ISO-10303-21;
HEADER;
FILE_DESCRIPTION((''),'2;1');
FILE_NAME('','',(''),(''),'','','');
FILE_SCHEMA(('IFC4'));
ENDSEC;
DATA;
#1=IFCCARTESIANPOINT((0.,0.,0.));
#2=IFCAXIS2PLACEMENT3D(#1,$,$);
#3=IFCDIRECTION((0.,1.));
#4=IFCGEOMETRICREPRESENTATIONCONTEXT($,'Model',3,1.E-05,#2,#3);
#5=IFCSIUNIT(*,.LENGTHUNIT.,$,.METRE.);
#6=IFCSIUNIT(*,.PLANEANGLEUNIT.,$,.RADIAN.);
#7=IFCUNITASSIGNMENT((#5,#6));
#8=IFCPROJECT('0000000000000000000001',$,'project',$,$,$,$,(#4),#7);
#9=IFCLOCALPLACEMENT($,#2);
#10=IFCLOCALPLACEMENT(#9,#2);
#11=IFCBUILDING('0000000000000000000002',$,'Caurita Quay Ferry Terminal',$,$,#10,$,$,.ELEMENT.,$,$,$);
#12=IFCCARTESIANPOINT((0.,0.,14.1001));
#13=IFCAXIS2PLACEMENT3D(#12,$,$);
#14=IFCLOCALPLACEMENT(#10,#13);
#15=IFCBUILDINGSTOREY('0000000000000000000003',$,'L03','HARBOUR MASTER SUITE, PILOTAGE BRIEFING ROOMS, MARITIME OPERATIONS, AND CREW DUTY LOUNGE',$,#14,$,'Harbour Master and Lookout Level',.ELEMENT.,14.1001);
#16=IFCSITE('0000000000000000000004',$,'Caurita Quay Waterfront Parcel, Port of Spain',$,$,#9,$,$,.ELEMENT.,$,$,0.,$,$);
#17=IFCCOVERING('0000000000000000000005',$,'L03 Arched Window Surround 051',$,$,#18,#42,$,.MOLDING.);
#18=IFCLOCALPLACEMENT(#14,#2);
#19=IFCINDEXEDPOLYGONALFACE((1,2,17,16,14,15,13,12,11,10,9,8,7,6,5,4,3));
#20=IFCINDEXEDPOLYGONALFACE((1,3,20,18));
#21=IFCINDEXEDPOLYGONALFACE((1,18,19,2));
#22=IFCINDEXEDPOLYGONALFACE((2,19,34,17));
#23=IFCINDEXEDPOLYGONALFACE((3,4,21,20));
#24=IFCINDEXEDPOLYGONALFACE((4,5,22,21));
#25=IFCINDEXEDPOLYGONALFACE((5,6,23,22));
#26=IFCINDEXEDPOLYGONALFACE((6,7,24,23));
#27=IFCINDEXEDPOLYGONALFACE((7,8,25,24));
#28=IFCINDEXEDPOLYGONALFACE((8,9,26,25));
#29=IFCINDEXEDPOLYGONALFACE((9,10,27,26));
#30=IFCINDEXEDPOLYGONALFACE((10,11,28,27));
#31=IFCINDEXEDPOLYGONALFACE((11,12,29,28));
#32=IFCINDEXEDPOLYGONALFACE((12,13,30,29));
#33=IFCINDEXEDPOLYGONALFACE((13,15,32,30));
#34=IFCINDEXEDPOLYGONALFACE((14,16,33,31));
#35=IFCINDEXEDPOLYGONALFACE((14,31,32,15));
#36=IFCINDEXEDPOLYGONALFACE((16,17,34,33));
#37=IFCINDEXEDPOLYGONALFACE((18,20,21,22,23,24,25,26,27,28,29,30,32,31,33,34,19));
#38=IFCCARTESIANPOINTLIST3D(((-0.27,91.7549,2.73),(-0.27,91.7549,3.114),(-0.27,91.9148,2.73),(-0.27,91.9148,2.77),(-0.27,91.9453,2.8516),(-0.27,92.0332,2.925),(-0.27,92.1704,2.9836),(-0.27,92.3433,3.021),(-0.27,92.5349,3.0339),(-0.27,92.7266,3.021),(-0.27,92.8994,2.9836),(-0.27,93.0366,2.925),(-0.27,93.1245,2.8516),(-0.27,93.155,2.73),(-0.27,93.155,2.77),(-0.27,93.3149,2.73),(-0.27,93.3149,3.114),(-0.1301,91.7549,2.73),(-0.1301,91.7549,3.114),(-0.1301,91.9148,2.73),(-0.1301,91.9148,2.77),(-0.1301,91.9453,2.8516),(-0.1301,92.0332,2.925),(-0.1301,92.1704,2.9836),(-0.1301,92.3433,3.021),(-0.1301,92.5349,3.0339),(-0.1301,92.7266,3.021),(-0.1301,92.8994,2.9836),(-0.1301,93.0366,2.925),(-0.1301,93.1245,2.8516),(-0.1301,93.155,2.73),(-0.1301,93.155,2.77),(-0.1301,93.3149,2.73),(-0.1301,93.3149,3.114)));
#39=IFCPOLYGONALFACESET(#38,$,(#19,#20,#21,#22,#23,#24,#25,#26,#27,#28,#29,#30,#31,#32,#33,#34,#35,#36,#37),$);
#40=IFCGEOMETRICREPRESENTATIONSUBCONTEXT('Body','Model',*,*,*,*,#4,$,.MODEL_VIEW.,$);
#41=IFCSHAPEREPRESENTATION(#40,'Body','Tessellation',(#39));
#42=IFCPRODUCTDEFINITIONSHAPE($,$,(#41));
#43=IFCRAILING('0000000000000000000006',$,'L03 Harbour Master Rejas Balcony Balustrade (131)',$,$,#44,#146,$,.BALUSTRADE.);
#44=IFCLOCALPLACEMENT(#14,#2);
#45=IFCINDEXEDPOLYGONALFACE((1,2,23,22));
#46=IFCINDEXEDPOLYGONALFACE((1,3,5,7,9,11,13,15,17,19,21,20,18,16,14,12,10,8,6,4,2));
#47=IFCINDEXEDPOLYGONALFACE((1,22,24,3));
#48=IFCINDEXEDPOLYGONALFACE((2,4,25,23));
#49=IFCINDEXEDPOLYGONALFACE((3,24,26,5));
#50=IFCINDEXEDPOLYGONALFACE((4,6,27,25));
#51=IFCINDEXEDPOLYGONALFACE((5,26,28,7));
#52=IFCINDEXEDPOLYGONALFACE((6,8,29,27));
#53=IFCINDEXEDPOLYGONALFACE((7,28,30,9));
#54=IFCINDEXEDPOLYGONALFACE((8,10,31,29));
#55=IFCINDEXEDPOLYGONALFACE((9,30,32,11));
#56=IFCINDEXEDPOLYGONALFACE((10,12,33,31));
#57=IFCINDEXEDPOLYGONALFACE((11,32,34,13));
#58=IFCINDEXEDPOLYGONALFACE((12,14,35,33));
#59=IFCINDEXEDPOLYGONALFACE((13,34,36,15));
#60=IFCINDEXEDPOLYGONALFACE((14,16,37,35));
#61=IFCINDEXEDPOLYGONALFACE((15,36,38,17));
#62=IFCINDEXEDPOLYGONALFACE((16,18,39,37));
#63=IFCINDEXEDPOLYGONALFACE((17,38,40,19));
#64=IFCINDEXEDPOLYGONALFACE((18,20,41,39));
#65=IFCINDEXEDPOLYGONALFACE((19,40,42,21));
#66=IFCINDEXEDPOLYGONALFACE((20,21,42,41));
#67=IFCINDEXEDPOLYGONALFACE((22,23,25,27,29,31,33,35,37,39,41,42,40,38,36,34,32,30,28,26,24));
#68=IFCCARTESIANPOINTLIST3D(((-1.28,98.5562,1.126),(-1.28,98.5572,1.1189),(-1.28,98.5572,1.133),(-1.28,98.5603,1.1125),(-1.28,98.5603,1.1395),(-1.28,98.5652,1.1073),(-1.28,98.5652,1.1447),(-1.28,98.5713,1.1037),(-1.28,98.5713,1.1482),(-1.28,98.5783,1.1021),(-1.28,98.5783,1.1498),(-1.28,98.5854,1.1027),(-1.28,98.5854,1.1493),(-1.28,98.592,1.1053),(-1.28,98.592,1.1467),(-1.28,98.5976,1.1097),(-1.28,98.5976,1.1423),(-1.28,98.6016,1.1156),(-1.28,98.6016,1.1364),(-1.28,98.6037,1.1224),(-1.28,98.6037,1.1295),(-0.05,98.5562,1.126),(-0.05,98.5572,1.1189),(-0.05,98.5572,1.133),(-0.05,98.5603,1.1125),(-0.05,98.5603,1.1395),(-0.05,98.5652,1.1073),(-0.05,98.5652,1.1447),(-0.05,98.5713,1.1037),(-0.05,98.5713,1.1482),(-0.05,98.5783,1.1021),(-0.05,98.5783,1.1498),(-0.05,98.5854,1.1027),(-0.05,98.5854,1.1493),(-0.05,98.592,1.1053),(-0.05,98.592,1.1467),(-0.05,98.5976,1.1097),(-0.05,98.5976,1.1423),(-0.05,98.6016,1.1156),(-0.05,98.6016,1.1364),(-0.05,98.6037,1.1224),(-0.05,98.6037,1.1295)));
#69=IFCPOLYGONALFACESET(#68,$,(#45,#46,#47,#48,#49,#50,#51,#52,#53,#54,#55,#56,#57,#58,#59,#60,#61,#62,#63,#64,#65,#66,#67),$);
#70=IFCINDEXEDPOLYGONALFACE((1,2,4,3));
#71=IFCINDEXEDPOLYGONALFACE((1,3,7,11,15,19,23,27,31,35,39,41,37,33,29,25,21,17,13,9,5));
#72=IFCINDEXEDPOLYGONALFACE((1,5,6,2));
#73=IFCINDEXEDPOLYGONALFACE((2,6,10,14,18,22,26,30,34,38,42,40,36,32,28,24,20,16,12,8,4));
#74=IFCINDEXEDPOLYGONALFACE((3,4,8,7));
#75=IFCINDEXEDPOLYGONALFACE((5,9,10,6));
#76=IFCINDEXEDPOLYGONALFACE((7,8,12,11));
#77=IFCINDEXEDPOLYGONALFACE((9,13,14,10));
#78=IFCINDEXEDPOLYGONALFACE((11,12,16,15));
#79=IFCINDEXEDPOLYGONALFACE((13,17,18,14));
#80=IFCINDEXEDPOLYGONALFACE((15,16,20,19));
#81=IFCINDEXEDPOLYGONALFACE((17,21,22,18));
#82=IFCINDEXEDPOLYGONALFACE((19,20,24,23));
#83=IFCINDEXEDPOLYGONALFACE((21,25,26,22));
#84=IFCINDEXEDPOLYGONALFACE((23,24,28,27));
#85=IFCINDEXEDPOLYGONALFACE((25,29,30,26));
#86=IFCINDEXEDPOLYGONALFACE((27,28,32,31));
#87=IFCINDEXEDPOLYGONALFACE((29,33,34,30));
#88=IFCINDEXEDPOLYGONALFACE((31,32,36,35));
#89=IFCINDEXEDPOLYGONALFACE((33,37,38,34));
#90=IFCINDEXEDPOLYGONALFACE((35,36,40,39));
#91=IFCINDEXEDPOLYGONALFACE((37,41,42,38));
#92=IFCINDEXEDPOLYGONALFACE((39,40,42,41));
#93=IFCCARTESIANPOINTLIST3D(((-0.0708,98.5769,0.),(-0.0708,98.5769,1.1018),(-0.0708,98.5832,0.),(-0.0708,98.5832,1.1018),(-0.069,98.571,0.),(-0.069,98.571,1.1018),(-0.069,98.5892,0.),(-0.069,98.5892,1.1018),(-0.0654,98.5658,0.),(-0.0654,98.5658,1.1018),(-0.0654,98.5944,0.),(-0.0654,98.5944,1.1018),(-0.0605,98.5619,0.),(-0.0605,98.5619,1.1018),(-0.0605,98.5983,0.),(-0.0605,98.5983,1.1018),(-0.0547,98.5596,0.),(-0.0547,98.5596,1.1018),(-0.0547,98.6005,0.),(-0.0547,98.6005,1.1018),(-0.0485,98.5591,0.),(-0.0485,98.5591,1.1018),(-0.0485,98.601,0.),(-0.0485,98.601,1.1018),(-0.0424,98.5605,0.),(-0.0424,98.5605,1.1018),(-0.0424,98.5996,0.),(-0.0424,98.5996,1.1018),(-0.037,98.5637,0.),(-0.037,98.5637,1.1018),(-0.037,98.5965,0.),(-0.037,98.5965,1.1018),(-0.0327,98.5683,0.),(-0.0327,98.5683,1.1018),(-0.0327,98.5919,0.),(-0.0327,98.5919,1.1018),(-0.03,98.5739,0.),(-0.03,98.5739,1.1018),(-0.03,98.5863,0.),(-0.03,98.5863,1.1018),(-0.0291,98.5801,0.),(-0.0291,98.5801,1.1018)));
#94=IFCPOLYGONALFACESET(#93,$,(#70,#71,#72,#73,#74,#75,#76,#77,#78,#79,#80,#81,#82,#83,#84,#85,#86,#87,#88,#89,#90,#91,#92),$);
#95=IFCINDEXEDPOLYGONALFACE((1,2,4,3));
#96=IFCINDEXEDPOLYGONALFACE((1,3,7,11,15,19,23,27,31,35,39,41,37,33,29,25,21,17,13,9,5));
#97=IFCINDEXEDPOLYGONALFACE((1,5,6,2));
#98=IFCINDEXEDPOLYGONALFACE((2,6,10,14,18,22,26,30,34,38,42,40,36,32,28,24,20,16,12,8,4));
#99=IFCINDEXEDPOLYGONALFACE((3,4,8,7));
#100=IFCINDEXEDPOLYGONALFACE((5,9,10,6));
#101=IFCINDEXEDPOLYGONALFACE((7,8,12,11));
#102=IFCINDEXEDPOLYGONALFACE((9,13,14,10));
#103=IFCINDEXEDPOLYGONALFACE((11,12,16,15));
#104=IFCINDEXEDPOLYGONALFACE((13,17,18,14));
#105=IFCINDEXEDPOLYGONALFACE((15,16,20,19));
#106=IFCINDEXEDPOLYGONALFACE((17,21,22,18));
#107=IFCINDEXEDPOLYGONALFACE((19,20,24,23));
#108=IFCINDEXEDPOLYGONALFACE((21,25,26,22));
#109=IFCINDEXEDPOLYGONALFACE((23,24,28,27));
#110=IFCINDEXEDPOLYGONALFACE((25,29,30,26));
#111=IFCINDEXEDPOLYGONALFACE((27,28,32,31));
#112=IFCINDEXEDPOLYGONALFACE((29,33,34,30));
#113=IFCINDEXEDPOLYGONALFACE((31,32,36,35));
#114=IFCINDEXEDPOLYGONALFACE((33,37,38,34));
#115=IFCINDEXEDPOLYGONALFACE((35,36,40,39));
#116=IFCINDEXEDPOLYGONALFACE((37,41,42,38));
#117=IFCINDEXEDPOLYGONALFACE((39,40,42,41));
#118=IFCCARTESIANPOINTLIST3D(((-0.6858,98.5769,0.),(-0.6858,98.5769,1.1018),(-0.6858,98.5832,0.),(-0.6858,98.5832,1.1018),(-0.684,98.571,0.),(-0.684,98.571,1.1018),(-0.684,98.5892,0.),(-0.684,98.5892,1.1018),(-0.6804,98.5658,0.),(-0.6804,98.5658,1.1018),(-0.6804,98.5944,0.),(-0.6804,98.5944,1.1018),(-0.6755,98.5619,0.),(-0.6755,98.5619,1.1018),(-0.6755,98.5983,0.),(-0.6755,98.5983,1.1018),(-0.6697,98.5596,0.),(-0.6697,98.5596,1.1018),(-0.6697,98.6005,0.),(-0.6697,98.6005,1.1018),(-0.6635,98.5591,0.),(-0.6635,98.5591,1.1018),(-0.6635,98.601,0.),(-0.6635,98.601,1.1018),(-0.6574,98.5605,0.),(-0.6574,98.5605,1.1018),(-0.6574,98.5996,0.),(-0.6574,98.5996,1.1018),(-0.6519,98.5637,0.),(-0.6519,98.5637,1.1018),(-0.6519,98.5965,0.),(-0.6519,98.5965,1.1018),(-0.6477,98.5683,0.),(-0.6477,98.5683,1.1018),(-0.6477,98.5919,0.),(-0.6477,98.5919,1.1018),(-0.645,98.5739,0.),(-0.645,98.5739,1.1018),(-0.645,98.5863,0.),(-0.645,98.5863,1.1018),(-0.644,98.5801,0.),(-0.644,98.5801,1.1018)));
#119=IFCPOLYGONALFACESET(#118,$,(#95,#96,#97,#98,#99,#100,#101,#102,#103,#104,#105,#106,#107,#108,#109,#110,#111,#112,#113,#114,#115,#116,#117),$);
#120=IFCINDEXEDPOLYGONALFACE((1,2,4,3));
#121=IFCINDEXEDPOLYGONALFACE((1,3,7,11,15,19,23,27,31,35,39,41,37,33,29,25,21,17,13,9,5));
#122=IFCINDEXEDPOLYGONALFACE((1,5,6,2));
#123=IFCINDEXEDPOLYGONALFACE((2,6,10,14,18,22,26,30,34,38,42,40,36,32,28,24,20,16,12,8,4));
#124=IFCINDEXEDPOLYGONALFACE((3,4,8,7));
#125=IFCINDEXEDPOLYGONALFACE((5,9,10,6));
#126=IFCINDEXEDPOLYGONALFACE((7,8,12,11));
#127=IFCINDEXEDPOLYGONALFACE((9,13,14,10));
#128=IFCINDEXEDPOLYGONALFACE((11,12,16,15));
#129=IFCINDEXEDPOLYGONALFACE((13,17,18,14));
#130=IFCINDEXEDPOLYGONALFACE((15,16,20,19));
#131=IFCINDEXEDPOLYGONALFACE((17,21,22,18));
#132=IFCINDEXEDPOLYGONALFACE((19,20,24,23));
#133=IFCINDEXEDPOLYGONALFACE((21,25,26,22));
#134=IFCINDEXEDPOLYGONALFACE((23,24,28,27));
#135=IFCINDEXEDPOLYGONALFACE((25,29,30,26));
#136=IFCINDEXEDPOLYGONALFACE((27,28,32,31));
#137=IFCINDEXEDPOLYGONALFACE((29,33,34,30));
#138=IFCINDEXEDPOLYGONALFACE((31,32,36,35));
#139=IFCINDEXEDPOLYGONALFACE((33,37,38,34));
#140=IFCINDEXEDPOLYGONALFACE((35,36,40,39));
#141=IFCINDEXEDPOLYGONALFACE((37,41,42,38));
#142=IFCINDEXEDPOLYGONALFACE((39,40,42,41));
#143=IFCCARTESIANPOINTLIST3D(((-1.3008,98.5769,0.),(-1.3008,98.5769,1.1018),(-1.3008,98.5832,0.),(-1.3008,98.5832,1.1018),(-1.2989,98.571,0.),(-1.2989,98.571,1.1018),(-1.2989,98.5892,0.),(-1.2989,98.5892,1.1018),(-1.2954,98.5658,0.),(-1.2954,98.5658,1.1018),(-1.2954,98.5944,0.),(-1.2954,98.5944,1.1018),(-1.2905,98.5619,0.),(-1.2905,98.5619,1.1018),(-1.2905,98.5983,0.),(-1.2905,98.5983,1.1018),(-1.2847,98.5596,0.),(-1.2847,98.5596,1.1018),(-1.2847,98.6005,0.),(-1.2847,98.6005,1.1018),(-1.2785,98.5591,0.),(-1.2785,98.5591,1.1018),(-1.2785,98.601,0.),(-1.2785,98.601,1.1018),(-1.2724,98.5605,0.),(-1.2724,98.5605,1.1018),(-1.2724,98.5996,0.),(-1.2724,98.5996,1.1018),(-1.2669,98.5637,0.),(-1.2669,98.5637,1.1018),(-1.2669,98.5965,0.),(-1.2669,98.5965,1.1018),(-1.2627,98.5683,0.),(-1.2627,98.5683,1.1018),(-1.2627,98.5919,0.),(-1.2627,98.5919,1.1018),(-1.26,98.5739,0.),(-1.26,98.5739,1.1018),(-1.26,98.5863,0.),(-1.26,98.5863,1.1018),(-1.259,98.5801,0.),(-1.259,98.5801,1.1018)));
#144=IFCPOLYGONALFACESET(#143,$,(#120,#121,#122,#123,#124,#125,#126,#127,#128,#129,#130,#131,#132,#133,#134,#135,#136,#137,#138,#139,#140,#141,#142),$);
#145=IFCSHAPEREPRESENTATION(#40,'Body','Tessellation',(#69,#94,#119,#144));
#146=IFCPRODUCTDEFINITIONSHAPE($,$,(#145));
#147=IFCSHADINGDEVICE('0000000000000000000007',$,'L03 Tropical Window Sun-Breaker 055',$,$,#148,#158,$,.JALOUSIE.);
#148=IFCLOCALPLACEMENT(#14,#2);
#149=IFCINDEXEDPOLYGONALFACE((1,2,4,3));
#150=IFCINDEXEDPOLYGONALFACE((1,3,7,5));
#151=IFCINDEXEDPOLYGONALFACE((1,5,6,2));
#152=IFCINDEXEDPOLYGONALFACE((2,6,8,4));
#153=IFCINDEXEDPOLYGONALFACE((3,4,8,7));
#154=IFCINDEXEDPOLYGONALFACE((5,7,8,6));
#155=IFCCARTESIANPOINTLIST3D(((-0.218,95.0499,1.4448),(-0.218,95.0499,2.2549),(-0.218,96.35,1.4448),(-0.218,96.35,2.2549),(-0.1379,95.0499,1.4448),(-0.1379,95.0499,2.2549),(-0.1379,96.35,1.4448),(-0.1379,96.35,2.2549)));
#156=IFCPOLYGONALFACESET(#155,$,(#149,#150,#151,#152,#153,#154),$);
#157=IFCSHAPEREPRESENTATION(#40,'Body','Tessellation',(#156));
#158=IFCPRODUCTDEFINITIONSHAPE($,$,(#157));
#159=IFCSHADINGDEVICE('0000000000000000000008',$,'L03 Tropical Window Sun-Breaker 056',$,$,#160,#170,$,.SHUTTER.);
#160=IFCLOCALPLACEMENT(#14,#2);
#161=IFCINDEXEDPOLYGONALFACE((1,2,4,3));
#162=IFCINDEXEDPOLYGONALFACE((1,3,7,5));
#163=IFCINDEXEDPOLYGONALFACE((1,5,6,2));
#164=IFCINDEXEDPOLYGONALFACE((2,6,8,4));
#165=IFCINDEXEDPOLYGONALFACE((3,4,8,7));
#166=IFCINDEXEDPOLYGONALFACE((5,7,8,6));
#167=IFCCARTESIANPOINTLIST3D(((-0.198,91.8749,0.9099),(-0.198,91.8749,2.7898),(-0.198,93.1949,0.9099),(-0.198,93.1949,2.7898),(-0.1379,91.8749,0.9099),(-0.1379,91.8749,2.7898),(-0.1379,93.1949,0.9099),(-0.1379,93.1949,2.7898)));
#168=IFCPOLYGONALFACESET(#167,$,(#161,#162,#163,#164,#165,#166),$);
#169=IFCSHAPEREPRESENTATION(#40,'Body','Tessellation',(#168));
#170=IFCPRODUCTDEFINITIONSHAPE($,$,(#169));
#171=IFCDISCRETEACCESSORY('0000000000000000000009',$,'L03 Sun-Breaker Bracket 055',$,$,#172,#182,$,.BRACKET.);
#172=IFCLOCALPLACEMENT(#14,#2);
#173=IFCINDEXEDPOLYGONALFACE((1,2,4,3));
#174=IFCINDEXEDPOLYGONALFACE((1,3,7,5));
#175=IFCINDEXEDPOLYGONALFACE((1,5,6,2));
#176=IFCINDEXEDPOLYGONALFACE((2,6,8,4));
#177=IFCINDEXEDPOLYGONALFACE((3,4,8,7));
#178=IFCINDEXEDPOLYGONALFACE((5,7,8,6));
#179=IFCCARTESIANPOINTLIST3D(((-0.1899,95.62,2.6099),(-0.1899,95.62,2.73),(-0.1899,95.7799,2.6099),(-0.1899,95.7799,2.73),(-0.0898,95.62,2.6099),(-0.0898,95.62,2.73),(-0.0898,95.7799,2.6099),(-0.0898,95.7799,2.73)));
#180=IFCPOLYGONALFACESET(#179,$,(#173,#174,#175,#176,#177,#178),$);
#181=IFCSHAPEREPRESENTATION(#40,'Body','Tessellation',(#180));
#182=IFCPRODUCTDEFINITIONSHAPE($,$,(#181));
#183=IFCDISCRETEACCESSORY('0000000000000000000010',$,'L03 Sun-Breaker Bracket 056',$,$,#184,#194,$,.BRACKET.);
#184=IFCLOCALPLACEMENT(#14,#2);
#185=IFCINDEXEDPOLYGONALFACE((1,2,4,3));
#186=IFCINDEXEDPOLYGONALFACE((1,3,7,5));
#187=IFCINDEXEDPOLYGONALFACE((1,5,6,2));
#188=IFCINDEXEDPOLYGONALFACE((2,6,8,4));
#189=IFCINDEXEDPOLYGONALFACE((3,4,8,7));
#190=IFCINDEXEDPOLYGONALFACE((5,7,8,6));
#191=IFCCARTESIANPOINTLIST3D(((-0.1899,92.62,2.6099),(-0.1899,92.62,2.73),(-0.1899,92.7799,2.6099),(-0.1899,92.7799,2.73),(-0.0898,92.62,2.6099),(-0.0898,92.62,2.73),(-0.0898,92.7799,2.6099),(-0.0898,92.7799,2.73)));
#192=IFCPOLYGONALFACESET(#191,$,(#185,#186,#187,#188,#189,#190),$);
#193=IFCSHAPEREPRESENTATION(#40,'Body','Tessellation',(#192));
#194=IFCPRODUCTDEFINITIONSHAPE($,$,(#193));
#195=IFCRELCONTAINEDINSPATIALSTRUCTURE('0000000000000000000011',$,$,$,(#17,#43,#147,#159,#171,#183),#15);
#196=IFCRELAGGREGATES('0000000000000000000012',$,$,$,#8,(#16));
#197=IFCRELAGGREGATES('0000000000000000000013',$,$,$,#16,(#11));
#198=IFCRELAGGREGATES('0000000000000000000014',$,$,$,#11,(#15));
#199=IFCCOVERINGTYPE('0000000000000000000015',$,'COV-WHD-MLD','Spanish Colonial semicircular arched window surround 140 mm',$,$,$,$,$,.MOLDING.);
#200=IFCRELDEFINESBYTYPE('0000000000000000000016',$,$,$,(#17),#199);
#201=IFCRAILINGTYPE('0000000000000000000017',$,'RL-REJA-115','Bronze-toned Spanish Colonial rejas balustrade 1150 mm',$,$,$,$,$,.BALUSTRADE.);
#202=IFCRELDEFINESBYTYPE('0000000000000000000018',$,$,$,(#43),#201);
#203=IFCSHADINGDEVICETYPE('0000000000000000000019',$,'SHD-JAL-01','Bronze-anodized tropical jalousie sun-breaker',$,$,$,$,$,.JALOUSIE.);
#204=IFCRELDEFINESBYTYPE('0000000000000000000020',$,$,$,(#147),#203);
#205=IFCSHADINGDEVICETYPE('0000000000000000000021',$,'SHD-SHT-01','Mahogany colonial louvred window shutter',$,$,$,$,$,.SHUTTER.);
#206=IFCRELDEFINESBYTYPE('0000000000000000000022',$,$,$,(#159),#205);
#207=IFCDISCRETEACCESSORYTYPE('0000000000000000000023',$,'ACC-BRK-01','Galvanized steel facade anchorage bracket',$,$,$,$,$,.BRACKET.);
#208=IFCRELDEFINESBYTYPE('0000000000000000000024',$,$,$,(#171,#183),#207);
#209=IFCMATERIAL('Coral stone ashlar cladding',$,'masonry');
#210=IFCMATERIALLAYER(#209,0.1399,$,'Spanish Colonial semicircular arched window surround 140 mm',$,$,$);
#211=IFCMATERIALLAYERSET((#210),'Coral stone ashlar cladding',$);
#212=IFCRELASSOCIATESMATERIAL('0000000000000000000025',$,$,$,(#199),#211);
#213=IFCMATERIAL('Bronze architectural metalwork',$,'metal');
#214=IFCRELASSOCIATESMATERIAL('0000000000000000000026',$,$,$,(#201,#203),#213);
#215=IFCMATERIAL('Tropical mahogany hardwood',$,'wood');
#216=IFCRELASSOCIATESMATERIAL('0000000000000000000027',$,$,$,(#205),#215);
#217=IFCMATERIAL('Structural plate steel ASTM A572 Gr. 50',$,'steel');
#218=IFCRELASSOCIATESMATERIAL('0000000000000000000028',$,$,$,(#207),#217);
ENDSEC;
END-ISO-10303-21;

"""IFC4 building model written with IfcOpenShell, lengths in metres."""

from ifc_helpers import new_model, si_unit, direction, frame, origin, origin_2d, place, context, subcontext, project, spatial, polyline, rectangle, circle, outline, extrude, material, layer, layer_set, type_object, element, save


model = new_model("IFC4")

# Units and contexts
model_context = context("Model", 3, precision=1e-05, world=origin(), true_north=direction((0.0, 1.0)))
body_context = subcontext(model_context, "Body", "Model", "MODEL_VIEW")
ifc_project = project(units=[si_unit("LENGTHUNIT", "METRE"), si_unit("PLANEANGLEUNIT", "RADIAN")], contexts=[model_context])

# Site, building, storey
site_placement = place(None, origin())
site = spatial("IfcSite", under=ifc_project, at=site_placement, Name="Caurita Quay Waterfront Parcel, Port of Spain", CompositionType="ELEMENT", RefElevation=0.0)
building_placement = place(site_placement, origin())
building = spatial("IfcBuilding", under=site, at=building_placement, Name="Caurita Quay Ferry Terminal", CompositionType="ELEMENT")
storey_placement = place(building_placement, frame((0.0, 0.0, 14.1001)))
storey = spatial("IfcBuildingStorey", under=building, at=storey_placement, Name="L03", Description="HARBOUR MASTER SUITE, PILOTAGE BRIEFING ROOMS, MARITIME OPERATIONS, AND CREW DUTY LOUNGE", LongName="Harbour Master and Lookout Level", CompositionType="ELEMENT", Elevation=14.1001)

# Covering
ifc_material_1 = material(Name="Coral stone ashlar cladding", Category="masonry")
ifc_layer_1 = layer(ifc_material_1, 0.1399, Name="Spanish Colonial semicircular arched window surround 140 mm")
ifc_layer_set_1 = layer_set([ifc_layer_1], Name="Coral stone ashlar cladding")
covering_type_1 = type_object("IfcCoveringType", Name="COV-WHD-MLD", Description="Spanish Colonial semicircular arched window surround 140 mm", PredefinedType="MOLDING", material=ifc_layer_set_1)
for number, where, z_axis, x_axis, name in (
    (1, (-0.2, 93.3149, 2.73), (0.0, 0.0, 1.0), (0.0, -1.0, 0.0), "L03 Arched Window Surround 051"),
):
    element("IfcCovering", number, at=place(storey_placement, frame(where, z_axis=z_axis, x_axis=x_axis)), inside=storey, type_object=covering_type_1, Name=name, PredefinedType="MOLDING", context=body_context, shape_type="SweptSolid", body=[
        extrude(outline(polyline([(0.0, 0.0), (0.1599, 0.0), (0.1599, 0.04), (0.1904, 0.1216), (0.2783, 0.1951), (0.4155, 0.2537), (0.5884, 0.291), (0.78, 0.304), (0.9717, 0.291), (1.1445, 0.2537), (1.2817, 0.1951), (1.3696, 0.1216), (1.4001, 0.04), (1.4001, 0.0), (1.5601, 0.0), (1.5601, 0.384), (0.0, 0.384), (0.0, 0.0)])), frame((0.0, 0.0698, 0.0), z_axis=(0.0, -1.0, 0.0), x_axis=(1.0, 0.0, 0.0)), (0.0, 0.0, 1.0), 0.1399),
    ])

# Railing
ifc_material_2 = material(Name="Bronze architectural metalwork", Category="metal")
railing_type = type_object("IfcRailingType", Name="RL-REJA-115", Description="Bronze-toned Spanish Colonial rejas balustrade 1150 mm", PredefinedType="BALUSTRADE", material=ifc_material_2)
railing_1_placement = place(storey_placement, frame((-0.05, 98.5801, 0.0)))
element("IfcRailing", 2, at=railing_1_placement, inside=storey, type_object=railing_type, Name="L03 Harbour Master Rejas Balcony Balustrade (131)", PredefinedType="BALUSTRADE", context=body_context, shape_type="SweptSolid", body=[
    extrude(circle(Radius=0.0239, at=origin_2d()), frame((0.0, 0.0, 1.126), z_axis=(-1.0, 0.0, 0.0), x_axis=(0.0, -1.0, 0.0)), (0.0, 0.0, 1.0), 1.23),
    extrude(circle(Radius=0.021, at=origin_2d()), origin(), (0.0, 0.0, 1.0), 1.1018),
    extrude(circle(Radius=0.021, at=origin_2d()), frame((-0.615, 0.0, 0.0)), (0.0, 0.0, 1.0), 1.1018),
    extrude(circle(Radius=0.021, at=origin_2d()), frame((-1.23, 0.0, 0.0)), (0.0, 0.0, 1.0), 1.1018),
])

# Shading devices
shading_device_type_1 = type_object("IfcShadingDeviceType", Name="SHD-JAL-01", Description="Bronze-anodized tropical jalousie sun-breaker", PredefinedType="JALOUSIE", material=ifc_material_2)
shading_device_1_placement = place(storey_placement, frame((-0.178, 95.7, 1.4448), z_axis=(0.0, 0.0, 1.0), x_axis=(0.0, -1.0, 0.0)))
element("IfcShadingDevice", 3, at=shading_device_1_placement, inside=storey, type_object=shading_device_type_1, Name="L03 Tropical Window Sun-Breaker 055", PredefinedType="JALOUSIE", context=body_context, shape_type="SweptSolid", body=[
    extrude(rectangle(XDim=1.3, YDim=0.0801, at=origin_2d()), origin(), (0.0, 0.0, 1.0), 0.8101),
])
ifc_material_3 = material(Name="Tropical mahogany hardwood", Category="wood")
shading_device_type_2 = type_object("IfcShadingDeviceType", Name="SHD-SHT-01", Description="Mahogany colonial louvred window shutter", PredefinedType="SHUTTER", material=ifc_material_3)
shading_device_2_placement = place(storey_placement, frame((-0.168, 92.5349, 0.9099), z_axis=(0.0, 0.0, 1.0), x_axis=(0.0, -1.0, 0.0)))
element("IfcShadingDevice", 4, at=shading_device_2_placement, inside=storey, type_object=shading_device_type_2, Name="L03 Tropical Window Sun-Breaker 056", PredefinedType="SHUTTER", context=body_context, shape_type="SweptSolid", body=[
    extrude(rectangle(XDim=1.3201, YDim=0.0601, at=origin_2d()), origin(), (0.0, 0.0, 1.0), 1.8799),
])

# Discrete accessories
ifc_material_4 = material(Name="Structural plate steel ASTM A572 Gr. 50", Category="steel")
discrete_accessory_type = type_object("IfcDiscreteAccessoryType", Name="ACC-BRK-01", Description="Galvanized steel facade anchorage bracket", PredefinedType="BRACKET", material=ifc_material_4)
for number, where, z_axis, x_axis, name in (
    (5, (-0.1399, 95.7, 2.6099), (0.0, 0.0, 1.0), (0.0, -1.0, 0.0), "L03 Sun-Breaker Bracket 055"),
    (6, (-0.1399, 92.7, 2.6099), (0.0, 0.0, 1.0), (0.0, -1.0, 0.0), "L03 Sun-Breaker Bracket 056"),
):
    element("IfcDiscreteAccessory", number, at=place(storey_placement, frame(where, z_axis=z_axis, x_axis=x_axis)), inside=storey, type_object=discrete_accessory_type, Name=name, PredefinedType="BRACKET", context=body_context, shape_type="SweptSolid", body=[
        extrude(rectangle(XDim=0.1599, YDim=0.1001, at=origin_2d()), origin(), (0.0, 0.0, 1.0), 0.1201),
    ])

save(model, "model.ifc")
